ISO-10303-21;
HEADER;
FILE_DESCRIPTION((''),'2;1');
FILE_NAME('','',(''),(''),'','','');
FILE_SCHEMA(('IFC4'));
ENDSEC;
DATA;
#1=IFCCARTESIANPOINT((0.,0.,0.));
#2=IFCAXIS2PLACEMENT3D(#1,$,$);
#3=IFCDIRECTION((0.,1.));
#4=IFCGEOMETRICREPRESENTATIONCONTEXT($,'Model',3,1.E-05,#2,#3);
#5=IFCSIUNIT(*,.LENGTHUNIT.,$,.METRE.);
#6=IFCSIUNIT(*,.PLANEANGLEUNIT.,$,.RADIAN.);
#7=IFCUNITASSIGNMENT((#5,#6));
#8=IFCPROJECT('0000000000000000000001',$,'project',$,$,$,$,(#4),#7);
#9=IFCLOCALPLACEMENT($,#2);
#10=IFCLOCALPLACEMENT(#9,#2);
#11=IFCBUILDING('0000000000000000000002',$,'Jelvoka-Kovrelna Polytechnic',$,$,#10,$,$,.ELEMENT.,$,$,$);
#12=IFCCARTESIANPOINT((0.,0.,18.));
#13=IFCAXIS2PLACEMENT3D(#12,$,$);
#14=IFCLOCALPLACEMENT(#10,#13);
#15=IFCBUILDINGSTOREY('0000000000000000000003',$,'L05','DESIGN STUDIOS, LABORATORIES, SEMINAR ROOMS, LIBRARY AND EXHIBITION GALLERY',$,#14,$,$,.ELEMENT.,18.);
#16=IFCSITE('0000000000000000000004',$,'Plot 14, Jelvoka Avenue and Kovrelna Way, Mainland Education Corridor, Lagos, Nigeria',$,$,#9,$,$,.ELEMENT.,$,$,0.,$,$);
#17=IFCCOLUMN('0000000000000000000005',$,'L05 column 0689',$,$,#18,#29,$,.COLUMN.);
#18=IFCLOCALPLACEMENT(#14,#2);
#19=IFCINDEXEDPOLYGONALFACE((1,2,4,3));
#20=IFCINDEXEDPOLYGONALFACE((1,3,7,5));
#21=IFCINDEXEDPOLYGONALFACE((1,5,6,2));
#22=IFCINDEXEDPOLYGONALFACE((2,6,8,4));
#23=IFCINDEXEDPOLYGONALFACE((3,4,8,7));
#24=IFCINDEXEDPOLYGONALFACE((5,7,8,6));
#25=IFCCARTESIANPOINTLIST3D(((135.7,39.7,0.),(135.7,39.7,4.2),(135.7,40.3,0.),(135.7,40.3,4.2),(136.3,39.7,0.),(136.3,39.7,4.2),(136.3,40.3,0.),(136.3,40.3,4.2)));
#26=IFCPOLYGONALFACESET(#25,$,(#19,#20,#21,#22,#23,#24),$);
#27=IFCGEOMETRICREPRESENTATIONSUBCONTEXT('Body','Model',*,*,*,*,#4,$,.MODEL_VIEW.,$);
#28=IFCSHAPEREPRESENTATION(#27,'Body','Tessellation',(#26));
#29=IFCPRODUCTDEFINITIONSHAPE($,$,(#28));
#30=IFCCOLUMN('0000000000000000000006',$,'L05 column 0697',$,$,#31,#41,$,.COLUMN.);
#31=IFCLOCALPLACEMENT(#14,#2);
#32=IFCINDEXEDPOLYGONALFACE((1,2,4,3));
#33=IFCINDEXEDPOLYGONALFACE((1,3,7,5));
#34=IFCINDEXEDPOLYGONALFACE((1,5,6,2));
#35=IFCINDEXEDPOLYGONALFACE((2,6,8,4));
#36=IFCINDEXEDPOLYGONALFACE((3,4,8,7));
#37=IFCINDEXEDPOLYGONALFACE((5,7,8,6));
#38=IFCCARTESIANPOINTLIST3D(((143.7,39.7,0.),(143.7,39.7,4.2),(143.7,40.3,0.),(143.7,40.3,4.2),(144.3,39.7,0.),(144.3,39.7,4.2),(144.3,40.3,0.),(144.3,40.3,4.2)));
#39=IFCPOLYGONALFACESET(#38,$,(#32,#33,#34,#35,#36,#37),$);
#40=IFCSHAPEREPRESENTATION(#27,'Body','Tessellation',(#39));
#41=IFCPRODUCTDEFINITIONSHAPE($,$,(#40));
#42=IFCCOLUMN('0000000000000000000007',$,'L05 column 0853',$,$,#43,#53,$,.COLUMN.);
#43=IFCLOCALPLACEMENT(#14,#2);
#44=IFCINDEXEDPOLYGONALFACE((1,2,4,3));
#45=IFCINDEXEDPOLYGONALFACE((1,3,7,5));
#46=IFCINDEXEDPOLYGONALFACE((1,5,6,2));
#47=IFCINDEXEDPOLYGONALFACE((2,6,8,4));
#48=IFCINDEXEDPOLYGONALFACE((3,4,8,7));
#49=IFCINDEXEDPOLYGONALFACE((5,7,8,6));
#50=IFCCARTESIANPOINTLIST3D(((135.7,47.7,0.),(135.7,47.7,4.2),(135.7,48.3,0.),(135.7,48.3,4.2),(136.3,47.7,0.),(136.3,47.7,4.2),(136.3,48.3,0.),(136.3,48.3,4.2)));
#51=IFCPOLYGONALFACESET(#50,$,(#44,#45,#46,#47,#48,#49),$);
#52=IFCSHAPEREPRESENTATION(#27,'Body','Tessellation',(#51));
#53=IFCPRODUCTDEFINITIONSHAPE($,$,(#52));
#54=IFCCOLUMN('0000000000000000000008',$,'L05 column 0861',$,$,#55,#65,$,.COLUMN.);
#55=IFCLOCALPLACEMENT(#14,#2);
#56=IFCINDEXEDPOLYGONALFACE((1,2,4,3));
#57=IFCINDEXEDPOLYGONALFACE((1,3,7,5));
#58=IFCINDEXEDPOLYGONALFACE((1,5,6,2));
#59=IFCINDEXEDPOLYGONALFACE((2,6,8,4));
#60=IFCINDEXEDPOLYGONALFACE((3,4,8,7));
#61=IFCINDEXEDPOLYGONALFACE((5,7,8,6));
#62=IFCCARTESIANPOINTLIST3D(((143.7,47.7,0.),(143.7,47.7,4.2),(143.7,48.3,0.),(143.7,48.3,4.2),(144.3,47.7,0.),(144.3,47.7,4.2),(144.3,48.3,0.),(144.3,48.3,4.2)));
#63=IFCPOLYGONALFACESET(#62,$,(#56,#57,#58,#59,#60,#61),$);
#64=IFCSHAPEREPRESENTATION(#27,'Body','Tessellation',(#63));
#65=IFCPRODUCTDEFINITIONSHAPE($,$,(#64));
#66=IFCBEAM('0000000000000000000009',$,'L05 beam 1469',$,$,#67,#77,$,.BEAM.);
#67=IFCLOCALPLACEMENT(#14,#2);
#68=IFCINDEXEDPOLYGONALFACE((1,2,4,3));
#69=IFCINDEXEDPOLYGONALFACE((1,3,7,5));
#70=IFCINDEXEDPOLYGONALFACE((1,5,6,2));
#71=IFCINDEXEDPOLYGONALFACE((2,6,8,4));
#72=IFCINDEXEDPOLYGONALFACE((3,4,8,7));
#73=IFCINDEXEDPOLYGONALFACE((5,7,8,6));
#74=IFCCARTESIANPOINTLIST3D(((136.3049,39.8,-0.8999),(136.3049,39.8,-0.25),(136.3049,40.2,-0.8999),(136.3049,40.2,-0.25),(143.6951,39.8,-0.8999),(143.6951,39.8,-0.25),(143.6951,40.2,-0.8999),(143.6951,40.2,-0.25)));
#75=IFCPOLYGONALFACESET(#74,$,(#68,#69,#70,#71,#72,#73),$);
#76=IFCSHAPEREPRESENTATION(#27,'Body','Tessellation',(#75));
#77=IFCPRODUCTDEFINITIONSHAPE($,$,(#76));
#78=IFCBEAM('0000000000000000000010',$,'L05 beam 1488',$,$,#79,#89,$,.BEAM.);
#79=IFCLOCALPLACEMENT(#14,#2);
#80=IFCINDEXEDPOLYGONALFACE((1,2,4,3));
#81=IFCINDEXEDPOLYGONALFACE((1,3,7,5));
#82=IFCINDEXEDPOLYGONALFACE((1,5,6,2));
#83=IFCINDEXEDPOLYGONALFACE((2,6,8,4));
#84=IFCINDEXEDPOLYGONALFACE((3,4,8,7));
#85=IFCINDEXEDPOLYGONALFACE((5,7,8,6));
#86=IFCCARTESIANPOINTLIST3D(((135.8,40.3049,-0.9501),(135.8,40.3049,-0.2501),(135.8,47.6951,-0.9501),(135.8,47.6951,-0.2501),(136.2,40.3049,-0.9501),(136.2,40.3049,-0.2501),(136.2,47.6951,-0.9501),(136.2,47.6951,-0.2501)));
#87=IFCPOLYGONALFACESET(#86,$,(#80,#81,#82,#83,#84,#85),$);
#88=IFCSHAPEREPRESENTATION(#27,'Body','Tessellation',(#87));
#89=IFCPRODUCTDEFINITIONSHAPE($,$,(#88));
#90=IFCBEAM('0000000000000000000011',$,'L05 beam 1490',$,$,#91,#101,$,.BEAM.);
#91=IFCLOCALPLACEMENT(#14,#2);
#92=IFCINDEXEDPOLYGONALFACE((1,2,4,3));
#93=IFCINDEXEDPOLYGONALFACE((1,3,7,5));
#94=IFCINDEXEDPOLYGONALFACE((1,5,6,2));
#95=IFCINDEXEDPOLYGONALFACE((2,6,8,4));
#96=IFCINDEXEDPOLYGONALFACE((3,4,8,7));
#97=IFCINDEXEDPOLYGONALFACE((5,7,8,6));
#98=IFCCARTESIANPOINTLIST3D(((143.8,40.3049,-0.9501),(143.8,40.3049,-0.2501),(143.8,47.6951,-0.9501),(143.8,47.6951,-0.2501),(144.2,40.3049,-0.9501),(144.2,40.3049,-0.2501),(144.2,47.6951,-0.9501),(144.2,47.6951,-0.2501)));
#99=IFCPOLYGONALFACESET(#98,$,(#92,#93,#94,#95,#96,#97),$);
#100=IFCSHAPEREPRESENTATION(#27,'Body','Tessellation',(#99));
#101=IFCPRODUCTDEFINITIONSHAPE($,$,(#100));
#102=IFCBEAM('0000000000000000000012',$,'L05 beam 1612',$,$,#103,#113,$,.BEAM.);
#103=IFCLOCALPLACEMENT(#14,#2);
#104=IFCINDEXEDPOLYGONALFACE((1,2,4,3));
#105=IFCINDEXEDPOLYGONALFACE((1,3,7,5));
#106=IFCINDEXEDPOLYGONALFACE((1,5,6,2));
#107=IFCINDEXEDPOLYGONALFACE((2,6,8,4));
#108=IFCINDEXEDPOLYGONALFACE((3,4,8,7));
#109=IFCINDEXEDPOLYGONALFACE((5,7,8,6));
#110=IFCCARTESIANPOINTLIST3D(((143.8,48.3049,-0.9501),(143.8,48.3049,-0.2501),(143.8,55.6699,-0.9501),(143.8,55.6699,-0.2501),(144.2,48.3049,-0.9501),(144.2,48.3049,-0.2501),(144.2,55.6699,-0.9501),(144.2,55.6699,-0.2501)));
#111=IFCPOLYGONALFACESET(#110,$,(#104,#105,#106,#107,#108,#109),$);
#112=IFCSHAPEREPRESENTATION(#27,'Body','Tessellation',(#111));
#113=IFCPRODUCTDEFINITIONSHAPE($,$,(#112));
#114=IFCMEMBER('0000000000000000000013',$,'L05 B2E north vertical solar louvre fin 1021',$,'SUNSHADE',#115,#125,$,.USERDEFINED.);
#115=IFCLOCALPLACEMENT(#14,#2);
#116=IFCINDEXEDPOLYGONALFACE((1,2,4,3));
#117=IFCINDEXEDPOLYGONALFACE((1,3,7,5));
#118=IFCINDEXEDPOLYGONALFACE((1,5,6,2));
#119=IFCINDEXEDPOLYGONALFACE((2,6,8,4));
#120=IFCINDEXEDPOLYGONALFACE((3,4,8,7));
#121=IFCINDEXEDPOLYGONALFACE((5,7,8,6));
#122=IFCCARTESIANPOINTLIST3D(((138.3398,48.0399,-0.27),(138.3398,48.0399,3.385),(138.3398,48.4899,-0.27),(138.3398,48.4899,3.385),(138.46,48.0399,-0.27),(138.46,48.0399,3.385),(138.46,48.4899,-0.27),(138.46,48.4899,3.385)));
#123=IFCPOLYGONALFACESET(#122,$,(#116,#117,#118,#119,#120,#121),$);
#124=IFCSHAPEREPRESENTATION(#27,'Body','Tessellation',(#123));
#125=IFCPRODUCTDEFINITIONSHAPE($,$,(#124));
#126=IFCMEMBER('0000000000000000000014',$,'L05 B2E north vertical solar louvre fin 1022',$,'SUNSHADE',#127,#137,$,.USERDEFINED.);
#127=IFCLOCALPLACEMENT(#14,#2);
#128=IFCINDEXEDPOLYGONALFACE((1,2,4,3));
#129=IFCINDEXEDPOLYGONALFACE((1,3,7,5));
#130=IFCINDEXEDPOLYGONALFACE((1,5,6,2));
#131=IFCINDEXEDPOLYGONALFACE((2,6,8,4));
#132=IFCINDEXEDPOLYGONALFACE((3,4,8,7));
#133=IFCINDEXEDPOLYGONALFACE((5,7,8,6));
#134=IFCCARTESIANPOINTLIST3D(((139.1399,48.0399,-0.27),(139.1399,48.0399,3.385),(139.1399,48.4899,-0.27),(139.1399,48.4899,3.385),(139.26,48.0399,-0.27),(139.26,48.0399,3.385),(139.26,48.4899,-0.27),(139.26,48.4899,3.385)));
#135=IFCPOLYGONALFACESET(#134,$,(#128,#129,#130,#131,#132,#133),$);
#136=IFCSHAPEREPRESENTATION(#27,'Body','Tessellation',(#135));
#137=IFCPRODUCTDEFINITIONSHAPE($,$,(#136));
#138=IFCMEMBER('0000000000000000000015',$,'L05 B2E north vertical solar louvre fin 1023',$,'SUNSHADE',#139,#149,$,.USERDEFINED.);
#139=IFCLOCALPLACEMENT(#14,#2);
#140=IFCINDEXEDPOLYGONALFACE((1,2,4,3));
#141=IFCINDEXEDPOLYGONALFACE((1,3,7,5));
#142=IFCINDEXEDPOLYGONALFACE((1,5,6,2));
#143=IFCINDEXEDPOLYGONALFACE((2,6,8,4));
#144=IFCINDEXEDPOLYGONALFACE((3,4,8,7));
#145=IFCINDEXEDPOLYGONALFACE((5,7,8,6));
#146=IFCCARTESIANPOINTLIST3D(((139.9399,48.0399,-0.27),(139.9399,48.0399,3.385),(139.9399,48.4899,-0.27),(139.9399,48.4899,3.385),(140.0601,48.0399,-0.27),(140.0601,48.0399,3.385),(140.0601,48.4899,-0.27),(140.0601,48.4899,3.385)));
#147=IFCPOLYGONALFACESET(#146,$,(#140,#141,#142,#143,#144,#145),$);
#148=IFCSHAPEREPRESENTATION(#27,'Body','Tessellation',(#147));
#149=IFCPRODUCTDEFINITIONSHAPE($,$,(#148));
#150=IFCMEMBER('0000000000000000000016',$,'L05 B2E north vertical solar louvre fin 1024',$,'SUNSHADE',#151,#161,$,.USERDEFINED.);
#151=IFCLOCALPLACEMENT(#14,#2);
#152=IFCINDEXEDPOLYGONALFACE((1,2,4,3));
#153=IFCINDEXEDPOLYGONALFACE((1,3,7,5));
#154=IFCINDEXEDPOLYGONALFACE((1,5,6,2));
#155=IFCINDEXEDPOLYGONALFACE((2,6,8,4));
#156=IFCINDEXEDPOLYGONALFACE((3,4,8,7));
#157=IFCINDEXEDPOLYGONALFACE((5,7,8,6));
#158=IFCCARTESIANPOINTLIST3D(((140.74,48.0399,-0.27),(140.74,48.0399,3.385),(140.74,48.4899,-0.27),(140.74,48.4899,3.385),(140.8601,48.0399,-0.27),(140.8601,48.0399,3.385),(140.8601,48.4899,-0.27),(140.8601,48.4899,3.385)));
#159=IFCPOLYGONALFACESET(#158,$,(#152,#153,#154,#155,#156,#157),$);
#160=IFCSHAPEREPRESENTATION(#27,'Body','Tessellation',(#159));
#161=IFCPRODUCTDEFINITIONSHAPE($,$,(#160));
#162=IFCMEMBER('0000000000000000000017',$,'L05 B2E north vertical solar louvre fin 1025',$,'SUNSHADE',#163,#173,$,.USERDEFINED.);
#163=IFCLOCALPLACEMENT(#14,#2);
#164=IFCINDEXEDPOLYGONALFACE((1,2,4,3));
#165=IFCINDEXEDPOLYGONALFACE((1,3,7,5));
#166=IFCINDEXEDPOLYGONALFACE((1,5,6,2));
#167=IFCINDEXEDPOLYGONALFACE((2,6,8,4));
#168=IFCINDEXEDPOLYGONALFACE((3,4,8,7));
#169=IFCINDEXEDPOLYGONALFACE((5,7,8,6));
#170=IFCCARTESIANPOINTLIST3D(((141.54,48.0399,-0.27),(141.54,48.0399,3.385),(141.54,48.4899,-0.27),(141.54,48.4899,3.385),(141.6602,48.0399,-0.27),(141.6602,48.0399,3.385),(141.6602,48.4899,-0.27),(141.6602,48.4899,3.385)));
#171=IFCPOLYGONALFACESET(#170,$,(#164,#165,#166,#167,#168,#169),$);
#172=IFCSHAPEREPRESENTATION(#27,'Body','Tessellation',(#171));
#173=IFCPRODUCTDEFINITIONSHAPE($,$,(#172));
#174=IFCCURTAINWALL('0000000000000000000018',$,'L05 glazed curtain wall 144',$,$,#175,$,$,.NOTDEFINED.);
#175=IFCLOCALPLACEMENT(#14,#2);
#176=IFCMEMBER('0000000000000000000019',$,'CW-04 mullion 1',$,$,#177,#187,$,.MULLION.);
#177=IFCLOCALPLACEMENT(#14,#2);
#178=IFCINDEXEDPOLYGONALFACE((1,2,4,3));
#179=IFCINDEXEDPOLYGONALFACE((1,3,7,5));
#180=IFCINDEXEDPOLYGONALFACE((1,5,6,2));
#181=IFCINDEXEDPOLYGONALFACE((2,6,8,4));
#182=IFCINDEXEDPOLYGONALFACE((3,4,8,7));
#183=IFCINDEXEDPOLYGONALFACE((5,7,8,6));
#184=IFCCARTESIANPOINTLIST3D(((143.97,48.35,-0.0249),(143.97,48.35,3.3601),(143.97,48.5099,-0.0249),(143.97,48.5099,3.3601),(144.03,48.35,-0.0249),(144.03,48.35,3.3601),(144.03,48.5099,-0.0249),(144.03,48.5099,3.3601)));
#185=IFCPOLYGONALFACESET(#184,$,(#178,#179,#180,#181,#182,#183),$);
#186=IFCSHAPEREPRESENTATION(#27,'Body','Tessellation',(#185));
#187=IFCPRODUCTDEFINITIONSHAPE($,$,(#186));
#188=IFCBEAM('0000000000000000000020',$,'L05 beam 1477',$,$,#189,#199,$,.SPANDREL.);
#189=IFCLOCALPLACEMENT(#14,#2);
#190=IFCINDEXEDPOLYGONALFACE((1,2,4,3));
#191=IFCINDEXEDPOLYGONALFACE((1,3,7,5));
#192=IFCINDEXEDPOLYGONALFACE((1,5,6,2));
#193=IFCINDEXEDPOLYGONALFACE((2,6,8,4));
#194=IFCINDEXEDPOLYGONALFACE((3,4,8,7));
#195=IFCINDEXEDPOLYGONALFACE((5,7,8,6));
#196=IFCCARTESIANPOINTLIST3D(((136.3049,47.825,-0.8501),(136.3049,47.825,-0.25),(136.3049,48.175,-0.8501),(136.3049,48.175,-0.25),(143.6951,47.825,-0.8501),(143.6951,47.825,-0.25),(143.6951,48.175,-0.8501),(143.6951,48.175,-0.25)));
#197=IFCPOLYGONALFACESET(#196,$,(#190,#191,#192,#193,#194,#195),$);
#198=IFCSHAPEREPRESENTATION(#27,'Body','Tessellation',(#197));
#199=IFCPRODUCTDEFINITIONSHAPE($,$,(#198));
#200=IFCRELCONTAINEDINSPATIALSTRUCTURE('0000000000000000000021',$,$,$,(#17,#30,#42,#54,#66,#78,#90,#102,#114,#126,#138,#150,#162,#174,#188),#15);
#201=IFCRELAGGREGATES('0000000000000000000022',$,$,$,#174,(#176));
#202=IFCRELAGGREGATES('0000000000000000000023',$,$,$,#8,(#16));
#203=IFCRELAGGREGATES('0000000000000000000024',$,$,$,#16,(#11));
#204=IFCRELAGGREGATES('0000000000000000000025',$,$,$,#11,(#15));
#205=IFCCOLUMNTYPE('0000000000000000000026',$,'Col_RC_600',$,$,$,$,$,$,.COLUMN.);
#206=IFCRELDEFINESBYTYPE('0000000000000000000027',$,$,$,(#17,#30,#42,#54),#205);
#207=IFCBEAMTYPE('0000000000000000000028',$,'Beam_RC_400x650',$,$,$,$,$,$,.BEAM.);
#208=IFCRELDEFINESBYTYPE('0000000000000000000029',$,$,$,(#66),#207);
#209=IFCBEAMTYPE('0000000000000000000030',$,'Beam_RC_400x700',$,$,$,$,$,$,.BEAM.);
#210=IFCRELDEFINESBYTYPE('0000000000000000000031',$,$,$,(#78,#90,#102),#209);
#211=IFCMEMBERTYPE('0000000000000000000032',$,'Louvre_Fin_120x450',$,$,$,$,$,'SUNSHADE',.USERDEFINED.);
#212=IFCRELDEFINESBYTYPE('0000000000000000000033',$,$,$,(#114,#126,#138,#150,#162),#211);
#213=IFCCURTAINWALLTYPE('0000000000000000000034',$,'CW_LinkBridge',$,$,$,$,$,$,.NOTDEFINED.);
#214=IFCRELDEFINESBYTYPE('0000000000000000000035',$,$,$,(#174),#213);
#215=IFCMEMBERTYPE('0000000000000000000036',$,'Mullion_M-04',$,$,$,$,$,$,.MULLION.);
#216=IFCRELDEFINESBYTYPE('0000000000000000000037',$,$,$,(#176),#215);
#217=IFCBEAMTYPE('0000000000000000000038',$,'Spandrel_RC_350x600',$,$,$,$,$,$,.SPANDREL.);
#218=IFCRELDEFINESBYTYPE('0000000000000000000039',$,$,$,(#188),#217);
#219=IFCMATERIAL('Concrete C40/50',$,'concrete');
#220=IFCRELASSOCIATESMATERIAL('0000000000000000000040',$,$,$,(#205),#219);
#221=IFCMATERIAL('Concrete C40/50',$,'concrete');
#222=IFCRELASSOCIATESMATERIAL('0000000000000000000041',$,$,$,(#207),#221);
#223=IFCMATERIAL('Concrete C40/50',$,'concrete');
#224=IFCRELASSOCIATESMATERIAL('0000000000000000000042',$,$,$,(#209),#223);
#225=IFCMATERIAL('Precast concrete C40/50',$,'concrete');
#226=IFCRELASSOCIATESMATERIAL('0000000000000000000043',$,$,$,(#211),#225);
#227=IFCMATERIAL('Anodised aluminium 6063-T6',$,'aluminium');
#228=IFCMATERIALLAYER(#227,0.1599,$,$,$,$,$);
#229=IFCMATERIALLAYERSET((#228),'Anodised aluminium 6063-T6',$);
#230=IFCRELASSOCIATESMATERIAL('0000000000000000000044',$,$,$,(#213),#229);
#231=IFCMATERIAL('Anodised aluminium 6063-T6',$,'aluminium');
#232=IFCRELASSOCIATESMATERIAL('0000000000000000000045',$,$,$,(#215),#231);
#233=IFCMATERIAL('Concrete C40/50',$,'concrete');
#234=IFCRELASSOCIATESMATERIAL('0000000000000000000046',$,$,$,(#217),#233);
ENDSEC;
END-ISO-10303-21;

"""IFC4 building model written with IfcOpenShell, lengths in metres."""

from ifc_helpers import new_model, si_unit, direction, frame, origin, origin_2d, place, context, subcontext, project, spatial, rectangle, extrude, material, layer, layer_set, material_profile, profile_set, type_object, element, aggregate, save


model = new_model("IFC4")

# Units and contexts
model_context = context("Model", 3, precision=1e-05, world=origin(), true_north=direction((0.0, 1.0)))
body_context = subcontext(model_context, "Body", "Model", "MODEL_VIEW")
ifc_project = project(units=[si_unit("LENGTHUNIT", "METRE"), si_unit("PLANEANGLEUNIT", "RADIAN")], contexts=[model_context])

# Site, building, storey
site_placement = place(None, origin())
site = spatial("IfcSite", under=ifc_project, at=site_placement, Name="Plot 14, Jelvoka Avenue and Kovrelna Way, Mainland Education Corridor, Lagos, Nigeria", CompositionType="ELEMENT", RefElevation=0.0)
building_placement = place(site_placement, origin())
building = spatial("IfcBuilding", under=site, at=building_placement, Name="Jelvoka-Kovrelna Polytechnic", CompositionType="ELEMENT")
storey_placement = place(building_placement, frame((0.0, 0.0, 18.0)))
storey = spatial("IfcBuildingStorey", under=building, at=storey_placement, Name="L05", Description="DESIGN STUDIOS, LABORATORIES, SEMINAR ROOMS, LIBRARY AND EXHIBITION GALLERY", CompositionType="ELEMENT", Elevation=18.0)

# Columns
ifc_material_1 = material(Name="Concrete C40/50", Category="concrete")
ifc_material_profile_1 = material_profile(ifc_material_1, rectangle(XDim=0.6001, YDim=0.6001, at=origin_2d()), Name="RC 600x600")
ifc_profile_set_1 = profile_set([ifc_material_profile_1], Name="Concrete C40/50")
column_type = type_object("IfcColumnType", Name="Col_RC_600", PredefinedType="COLUMN", material=ifc_profile_set_1)
for number, where, z_axis, x_axis, name in (
    (1, (136.0, 40.0, 0.0), (0.0, 0.0, 1.0), (1.0, 0.0, 0.0), "L05 column 0689"),
    (2, (144.0, 40.0, 0.0), (0.0, 0.0, 1.0), (1.0, 0.0, 0.0), "L05 column 0697"),
    (3, (136.0, 48.0, 0.0), (0.0, 0.0, 1.0), (1.0, 0.0, 0.0), "L05 column 0853"),
    (4, (144.0, 48.0, 0.0), (0.0, 0.0, 1.0), (1.0, 0.0, 0.0), "L05 column 0861"),
):
    element("IfcColumn", number, at=place(storey_placement, frame(where, z_axis=z_axis, x_axis=x_axis)), inside=storey, type_object=column_type, Name=name, PredefinedType="COLUMN", context=body_context, shape_type="SweptSolid", body=[
        extrude(rectangle(XDim=0.6001, YDim=0.6001, at=origin_2d()), origin(), (0.0, 0.0, 1.0), 4.2),
    ])

# Beams
ifc_material_2 = material(Name="Concrete C40/50", Category="concrete")
ifc_material_profile_2 = material_profile(ifc_material_2, rectangle(XDim=0.3999, YDim=0.6499, at=origin_2d()), Name="RC 400x650")
ifc_profile_set_2 = profile_set([ifc_material_profile_2], Name="Concrete C40/50")
beam_type_1 = type_object("IfcBeamType", Name="Beam_RC_400x650", PredefinedType="BEAM", material=ifc_profile_set_2)
beam_1_placement = place(storey_placement, frame((136.3049, 40.0, -0.575), z_axis=(1.0, 0.0, 0.0), x_axis=(0.0, 1.0, 0.0)))
element("IfcBeam", 5, at=beam_1_placement, inside=storey, type_object=beam_type_1, Name="L05 beam 1469", PredefinedType="BEAM", context=body_context, shape_type="SweptSolid", body=[
    extrude(rectangle(XDim=0.3999, YDim=0.6499, at=origin_2d()), origin(), (0.0, 0.0, 1.0), 7.3901),
])
ifc_material_3 = material(Name="Concrete C40/50", Category="concrete")
ifc_material_profile_3 = material_profile(ifc_material_3, rectangle(XDim=0.3999, YDim=0.7, at=origin_2d()), Name="RC 400x700")
ifc_profile_set_3 = profile_set([ifc_material_profile_3], Name="Concrete C40/50")
beam_type_2 = type_object("IfcBeamType", Name="Beam_RC_400x700", PredefinedType="BEAM", material=ifc_profile_set_3)
for number, where, z_axis, x_axis, name in (
    (6, (136.0, 40.3049, -0.6001), (0.0, 1.0, 0.0), (-1.0, 0.0, 0.0), "L05 beam 1488"),
    (7, (144.0, 40.3049, -0.6001), (0.0, 1.0, 0.0), (-1.0, 0.0, 0.0), "L05 beam 1490"),
):
    element("IfcBeam", number, at=place(storey_placement, frame(where, z_axis=z_axis, x_axis=x_axis)), inside=storey, type_object=beam_type_2, Name=name, PredefinedType="BEAM", context=body_context, shape_type="SweptSolid", body=[
        extrude(rectangle(XDim=0.3999, YDim=0.7, at=origin_2d()), origin(), (0.0, 0.0, 1.0), 7.3901),
    ])
beam_2_placement = place(storey_placement, frame((144.0, 48.3049, -0.6001), z_axis=(0.0, 1.0, 0.0), x_axis=(-1.0, 0.0, 0.0)))
element("IfcBeam", 8, at=beam_2_placement, inside=storey, type_object=beam_type_2, Name="L05 beam 1612", PredefinedType="BEAM", context=body_context, shape_type="SweptSolid", body=[
    extrude(rectangle(XDim=0.3999, YDim=0.7, at=origin_2d()), origin(), (0.0, 0.0, 1.0), 7.365),
])

# Members
ifc_material_4 = material(Name="Precast concrete C40/50", Category="concrete")
ifc_material_profile_4 = material_profile(ifc_material_4, rectangle(XDim=0.1201, YDim=0.45, at=origin_2d()), Name="PC 120x450")
ifc_profile_set_4 = profile_set([ifc_material_profile_4], Name="Precast concrete C40/50")
member_type_1 = type_object("IfcMemberType", Name="Louvre_Fin_120x450", ElementType="SUNSHADE", PredefinedType="USERDEFINED", material=ifc_profile_set_4)
for number, where, z_axis, x_axis, name in (
    (9, (138.3999, 48.2649, -0.27), (0.0, 0.0, 1.0), (1.0, 0.0, 0.0), "L05 B2E north vertical solar louvre fin 1021"),
    (10, (139.2, 48.2649, -0.27), (0.0, 0.0, 1.0), (1.0, 0.0, 0.0), "L05 B2E north vertical solar louvre fin 1022"),
    (11, (140.0, 48.2649, -0.27), (0.0, 0.0, 1.0), (1.0, 0.0, 0.0), "L05 B2E north vertical solar louvre fin 1023"),
    (12, (140.8, 48.2649, -0.27), (0.0, 0.0, 1.0), (1.0, 0.0, 0.0), "L05 B2E north vertical solar louvre fin 1024"),
    (13, (141.6001, 48.2649, -0.27), (0.0, 0.0, 1.0), (1.0, 0.0, 0.0), "L05 B2E north vertical solar louvre fin 1025"),
):
    element("IfcMember", number, at=place(storey_placement, frame(where, z_axis=z_axis, x_axis=x_axis)), inside=storey, type_object=member_type_1, Name=name, ObjectType="SUNSHADE", PredefinedType="USERDEFINED", context=body_context, shape_type="SweptSolid", body=[
        extrude(rectangle(XDim=0.1201, YDim=0.45, at=origin_2d()), origin(), (0.0, 0.0, 1.0), 3.655),
    ])

# Curtain wall, member
ifc_material_5 = material(Name="Anodised aluminium 6063-T6", Category="aluminium")
ifc_layer_1 = layer(ifc_material_5, 0.1599)
ifc_layer_set_1 = layer_set([ifc_layer_1], Name="Anodised aluminium 6063-T6")
curtain_wall_type = type_object("IfcCurtainWallType", Name="CW_LinkBridge", PredefinedType="NOTDEFINED", material=ifc_layer_set_1)
curtain_wall_placement = place(storey_placement, origin())
curtain_wall = element("IfcCurtainWall", 14, at=curtain_wall_placement, inside=storey, type_object=curtain_wall_type, Name="L05 glazed curtain wall 144", PredefinedType="NOTDEFINED")
ifc_material_6 = material(Name="Anodised aluminium 6063-T6", Category="aluminium")
ifc_material_profile_5 = material_profile(ifc_material_6, rectangle(XDim=0.0601, YDim=0.1599, at=origin_2d()), Name="ALU 60x160")
ifc_profile_set_5 = profile_set([ifc_material_profile_5], Name="Anodised aluminium 6063-T6")
member_type_2 = type_object("IfcMemberType", Name="Mullion_M-04", PredefinedType="MULLION", material=ifc_profile_set_5)
member_1_placement = place(storey_placement, frame((144.0, 48.4299, -0.0249), z_axis=(0.0, 0.0, 1.0), x_axis=(-1.0, 0.0, 0.0)))
member_1 = element("IfcMember", 15, at=member_1_placement, type_object=member_type_2, Name="CW-04 mullion 1", PredefinedType="MULLION", context=body_context, shape_type="SweptSolid", body=[
    extrude(rectangle(XDim=0.0601, YDim=0.1599, at=origin_2d()), origin(), (0.0, 0.0, 1.0), 3.385),
])

# Beam
ifc_material_7 = material(Name="Concrete C40/50", Category="concrete")
ifc_material_profile_6 = material_profile(ifc_material_7, rectangle(XDim=0.3501, YDim=0.6001, at=origin_2d()), Name="RC 350x600")
ifc_profile_set_6 = profile_set([ifc_material_profile_6], Name="Concrete C40/50")
beam_type_3 = type_object("IfcBeamType", Name="Spandrel_RC_350x600", PredefinedType="SPANDREL", material=ifc_profile_set_6)
beam_3_placement = place(storey_placement, frame((136.3049, 48.0, -0.55), z_axis=(1.0, 0.0, 0.0), x_axis=(0.0, 1.0, 0.0)))
element("IfcBeam", 16, at=beam_3_placement, inside=storey, type_object=beam_type_3, Name="L05 beam 1477", PredefinedType="SPANDREL", context=body_context, shape_type="SweptSolid", body=[
    extrude(rectangle(XDim=0.3501, YDim=0.6001, at=origin_2d()), origin(), (0.0, 0.0, 1.0), 7.3901),
])

aggregate(curtain_wall, [member_1])

save(model, "model.ifc")
